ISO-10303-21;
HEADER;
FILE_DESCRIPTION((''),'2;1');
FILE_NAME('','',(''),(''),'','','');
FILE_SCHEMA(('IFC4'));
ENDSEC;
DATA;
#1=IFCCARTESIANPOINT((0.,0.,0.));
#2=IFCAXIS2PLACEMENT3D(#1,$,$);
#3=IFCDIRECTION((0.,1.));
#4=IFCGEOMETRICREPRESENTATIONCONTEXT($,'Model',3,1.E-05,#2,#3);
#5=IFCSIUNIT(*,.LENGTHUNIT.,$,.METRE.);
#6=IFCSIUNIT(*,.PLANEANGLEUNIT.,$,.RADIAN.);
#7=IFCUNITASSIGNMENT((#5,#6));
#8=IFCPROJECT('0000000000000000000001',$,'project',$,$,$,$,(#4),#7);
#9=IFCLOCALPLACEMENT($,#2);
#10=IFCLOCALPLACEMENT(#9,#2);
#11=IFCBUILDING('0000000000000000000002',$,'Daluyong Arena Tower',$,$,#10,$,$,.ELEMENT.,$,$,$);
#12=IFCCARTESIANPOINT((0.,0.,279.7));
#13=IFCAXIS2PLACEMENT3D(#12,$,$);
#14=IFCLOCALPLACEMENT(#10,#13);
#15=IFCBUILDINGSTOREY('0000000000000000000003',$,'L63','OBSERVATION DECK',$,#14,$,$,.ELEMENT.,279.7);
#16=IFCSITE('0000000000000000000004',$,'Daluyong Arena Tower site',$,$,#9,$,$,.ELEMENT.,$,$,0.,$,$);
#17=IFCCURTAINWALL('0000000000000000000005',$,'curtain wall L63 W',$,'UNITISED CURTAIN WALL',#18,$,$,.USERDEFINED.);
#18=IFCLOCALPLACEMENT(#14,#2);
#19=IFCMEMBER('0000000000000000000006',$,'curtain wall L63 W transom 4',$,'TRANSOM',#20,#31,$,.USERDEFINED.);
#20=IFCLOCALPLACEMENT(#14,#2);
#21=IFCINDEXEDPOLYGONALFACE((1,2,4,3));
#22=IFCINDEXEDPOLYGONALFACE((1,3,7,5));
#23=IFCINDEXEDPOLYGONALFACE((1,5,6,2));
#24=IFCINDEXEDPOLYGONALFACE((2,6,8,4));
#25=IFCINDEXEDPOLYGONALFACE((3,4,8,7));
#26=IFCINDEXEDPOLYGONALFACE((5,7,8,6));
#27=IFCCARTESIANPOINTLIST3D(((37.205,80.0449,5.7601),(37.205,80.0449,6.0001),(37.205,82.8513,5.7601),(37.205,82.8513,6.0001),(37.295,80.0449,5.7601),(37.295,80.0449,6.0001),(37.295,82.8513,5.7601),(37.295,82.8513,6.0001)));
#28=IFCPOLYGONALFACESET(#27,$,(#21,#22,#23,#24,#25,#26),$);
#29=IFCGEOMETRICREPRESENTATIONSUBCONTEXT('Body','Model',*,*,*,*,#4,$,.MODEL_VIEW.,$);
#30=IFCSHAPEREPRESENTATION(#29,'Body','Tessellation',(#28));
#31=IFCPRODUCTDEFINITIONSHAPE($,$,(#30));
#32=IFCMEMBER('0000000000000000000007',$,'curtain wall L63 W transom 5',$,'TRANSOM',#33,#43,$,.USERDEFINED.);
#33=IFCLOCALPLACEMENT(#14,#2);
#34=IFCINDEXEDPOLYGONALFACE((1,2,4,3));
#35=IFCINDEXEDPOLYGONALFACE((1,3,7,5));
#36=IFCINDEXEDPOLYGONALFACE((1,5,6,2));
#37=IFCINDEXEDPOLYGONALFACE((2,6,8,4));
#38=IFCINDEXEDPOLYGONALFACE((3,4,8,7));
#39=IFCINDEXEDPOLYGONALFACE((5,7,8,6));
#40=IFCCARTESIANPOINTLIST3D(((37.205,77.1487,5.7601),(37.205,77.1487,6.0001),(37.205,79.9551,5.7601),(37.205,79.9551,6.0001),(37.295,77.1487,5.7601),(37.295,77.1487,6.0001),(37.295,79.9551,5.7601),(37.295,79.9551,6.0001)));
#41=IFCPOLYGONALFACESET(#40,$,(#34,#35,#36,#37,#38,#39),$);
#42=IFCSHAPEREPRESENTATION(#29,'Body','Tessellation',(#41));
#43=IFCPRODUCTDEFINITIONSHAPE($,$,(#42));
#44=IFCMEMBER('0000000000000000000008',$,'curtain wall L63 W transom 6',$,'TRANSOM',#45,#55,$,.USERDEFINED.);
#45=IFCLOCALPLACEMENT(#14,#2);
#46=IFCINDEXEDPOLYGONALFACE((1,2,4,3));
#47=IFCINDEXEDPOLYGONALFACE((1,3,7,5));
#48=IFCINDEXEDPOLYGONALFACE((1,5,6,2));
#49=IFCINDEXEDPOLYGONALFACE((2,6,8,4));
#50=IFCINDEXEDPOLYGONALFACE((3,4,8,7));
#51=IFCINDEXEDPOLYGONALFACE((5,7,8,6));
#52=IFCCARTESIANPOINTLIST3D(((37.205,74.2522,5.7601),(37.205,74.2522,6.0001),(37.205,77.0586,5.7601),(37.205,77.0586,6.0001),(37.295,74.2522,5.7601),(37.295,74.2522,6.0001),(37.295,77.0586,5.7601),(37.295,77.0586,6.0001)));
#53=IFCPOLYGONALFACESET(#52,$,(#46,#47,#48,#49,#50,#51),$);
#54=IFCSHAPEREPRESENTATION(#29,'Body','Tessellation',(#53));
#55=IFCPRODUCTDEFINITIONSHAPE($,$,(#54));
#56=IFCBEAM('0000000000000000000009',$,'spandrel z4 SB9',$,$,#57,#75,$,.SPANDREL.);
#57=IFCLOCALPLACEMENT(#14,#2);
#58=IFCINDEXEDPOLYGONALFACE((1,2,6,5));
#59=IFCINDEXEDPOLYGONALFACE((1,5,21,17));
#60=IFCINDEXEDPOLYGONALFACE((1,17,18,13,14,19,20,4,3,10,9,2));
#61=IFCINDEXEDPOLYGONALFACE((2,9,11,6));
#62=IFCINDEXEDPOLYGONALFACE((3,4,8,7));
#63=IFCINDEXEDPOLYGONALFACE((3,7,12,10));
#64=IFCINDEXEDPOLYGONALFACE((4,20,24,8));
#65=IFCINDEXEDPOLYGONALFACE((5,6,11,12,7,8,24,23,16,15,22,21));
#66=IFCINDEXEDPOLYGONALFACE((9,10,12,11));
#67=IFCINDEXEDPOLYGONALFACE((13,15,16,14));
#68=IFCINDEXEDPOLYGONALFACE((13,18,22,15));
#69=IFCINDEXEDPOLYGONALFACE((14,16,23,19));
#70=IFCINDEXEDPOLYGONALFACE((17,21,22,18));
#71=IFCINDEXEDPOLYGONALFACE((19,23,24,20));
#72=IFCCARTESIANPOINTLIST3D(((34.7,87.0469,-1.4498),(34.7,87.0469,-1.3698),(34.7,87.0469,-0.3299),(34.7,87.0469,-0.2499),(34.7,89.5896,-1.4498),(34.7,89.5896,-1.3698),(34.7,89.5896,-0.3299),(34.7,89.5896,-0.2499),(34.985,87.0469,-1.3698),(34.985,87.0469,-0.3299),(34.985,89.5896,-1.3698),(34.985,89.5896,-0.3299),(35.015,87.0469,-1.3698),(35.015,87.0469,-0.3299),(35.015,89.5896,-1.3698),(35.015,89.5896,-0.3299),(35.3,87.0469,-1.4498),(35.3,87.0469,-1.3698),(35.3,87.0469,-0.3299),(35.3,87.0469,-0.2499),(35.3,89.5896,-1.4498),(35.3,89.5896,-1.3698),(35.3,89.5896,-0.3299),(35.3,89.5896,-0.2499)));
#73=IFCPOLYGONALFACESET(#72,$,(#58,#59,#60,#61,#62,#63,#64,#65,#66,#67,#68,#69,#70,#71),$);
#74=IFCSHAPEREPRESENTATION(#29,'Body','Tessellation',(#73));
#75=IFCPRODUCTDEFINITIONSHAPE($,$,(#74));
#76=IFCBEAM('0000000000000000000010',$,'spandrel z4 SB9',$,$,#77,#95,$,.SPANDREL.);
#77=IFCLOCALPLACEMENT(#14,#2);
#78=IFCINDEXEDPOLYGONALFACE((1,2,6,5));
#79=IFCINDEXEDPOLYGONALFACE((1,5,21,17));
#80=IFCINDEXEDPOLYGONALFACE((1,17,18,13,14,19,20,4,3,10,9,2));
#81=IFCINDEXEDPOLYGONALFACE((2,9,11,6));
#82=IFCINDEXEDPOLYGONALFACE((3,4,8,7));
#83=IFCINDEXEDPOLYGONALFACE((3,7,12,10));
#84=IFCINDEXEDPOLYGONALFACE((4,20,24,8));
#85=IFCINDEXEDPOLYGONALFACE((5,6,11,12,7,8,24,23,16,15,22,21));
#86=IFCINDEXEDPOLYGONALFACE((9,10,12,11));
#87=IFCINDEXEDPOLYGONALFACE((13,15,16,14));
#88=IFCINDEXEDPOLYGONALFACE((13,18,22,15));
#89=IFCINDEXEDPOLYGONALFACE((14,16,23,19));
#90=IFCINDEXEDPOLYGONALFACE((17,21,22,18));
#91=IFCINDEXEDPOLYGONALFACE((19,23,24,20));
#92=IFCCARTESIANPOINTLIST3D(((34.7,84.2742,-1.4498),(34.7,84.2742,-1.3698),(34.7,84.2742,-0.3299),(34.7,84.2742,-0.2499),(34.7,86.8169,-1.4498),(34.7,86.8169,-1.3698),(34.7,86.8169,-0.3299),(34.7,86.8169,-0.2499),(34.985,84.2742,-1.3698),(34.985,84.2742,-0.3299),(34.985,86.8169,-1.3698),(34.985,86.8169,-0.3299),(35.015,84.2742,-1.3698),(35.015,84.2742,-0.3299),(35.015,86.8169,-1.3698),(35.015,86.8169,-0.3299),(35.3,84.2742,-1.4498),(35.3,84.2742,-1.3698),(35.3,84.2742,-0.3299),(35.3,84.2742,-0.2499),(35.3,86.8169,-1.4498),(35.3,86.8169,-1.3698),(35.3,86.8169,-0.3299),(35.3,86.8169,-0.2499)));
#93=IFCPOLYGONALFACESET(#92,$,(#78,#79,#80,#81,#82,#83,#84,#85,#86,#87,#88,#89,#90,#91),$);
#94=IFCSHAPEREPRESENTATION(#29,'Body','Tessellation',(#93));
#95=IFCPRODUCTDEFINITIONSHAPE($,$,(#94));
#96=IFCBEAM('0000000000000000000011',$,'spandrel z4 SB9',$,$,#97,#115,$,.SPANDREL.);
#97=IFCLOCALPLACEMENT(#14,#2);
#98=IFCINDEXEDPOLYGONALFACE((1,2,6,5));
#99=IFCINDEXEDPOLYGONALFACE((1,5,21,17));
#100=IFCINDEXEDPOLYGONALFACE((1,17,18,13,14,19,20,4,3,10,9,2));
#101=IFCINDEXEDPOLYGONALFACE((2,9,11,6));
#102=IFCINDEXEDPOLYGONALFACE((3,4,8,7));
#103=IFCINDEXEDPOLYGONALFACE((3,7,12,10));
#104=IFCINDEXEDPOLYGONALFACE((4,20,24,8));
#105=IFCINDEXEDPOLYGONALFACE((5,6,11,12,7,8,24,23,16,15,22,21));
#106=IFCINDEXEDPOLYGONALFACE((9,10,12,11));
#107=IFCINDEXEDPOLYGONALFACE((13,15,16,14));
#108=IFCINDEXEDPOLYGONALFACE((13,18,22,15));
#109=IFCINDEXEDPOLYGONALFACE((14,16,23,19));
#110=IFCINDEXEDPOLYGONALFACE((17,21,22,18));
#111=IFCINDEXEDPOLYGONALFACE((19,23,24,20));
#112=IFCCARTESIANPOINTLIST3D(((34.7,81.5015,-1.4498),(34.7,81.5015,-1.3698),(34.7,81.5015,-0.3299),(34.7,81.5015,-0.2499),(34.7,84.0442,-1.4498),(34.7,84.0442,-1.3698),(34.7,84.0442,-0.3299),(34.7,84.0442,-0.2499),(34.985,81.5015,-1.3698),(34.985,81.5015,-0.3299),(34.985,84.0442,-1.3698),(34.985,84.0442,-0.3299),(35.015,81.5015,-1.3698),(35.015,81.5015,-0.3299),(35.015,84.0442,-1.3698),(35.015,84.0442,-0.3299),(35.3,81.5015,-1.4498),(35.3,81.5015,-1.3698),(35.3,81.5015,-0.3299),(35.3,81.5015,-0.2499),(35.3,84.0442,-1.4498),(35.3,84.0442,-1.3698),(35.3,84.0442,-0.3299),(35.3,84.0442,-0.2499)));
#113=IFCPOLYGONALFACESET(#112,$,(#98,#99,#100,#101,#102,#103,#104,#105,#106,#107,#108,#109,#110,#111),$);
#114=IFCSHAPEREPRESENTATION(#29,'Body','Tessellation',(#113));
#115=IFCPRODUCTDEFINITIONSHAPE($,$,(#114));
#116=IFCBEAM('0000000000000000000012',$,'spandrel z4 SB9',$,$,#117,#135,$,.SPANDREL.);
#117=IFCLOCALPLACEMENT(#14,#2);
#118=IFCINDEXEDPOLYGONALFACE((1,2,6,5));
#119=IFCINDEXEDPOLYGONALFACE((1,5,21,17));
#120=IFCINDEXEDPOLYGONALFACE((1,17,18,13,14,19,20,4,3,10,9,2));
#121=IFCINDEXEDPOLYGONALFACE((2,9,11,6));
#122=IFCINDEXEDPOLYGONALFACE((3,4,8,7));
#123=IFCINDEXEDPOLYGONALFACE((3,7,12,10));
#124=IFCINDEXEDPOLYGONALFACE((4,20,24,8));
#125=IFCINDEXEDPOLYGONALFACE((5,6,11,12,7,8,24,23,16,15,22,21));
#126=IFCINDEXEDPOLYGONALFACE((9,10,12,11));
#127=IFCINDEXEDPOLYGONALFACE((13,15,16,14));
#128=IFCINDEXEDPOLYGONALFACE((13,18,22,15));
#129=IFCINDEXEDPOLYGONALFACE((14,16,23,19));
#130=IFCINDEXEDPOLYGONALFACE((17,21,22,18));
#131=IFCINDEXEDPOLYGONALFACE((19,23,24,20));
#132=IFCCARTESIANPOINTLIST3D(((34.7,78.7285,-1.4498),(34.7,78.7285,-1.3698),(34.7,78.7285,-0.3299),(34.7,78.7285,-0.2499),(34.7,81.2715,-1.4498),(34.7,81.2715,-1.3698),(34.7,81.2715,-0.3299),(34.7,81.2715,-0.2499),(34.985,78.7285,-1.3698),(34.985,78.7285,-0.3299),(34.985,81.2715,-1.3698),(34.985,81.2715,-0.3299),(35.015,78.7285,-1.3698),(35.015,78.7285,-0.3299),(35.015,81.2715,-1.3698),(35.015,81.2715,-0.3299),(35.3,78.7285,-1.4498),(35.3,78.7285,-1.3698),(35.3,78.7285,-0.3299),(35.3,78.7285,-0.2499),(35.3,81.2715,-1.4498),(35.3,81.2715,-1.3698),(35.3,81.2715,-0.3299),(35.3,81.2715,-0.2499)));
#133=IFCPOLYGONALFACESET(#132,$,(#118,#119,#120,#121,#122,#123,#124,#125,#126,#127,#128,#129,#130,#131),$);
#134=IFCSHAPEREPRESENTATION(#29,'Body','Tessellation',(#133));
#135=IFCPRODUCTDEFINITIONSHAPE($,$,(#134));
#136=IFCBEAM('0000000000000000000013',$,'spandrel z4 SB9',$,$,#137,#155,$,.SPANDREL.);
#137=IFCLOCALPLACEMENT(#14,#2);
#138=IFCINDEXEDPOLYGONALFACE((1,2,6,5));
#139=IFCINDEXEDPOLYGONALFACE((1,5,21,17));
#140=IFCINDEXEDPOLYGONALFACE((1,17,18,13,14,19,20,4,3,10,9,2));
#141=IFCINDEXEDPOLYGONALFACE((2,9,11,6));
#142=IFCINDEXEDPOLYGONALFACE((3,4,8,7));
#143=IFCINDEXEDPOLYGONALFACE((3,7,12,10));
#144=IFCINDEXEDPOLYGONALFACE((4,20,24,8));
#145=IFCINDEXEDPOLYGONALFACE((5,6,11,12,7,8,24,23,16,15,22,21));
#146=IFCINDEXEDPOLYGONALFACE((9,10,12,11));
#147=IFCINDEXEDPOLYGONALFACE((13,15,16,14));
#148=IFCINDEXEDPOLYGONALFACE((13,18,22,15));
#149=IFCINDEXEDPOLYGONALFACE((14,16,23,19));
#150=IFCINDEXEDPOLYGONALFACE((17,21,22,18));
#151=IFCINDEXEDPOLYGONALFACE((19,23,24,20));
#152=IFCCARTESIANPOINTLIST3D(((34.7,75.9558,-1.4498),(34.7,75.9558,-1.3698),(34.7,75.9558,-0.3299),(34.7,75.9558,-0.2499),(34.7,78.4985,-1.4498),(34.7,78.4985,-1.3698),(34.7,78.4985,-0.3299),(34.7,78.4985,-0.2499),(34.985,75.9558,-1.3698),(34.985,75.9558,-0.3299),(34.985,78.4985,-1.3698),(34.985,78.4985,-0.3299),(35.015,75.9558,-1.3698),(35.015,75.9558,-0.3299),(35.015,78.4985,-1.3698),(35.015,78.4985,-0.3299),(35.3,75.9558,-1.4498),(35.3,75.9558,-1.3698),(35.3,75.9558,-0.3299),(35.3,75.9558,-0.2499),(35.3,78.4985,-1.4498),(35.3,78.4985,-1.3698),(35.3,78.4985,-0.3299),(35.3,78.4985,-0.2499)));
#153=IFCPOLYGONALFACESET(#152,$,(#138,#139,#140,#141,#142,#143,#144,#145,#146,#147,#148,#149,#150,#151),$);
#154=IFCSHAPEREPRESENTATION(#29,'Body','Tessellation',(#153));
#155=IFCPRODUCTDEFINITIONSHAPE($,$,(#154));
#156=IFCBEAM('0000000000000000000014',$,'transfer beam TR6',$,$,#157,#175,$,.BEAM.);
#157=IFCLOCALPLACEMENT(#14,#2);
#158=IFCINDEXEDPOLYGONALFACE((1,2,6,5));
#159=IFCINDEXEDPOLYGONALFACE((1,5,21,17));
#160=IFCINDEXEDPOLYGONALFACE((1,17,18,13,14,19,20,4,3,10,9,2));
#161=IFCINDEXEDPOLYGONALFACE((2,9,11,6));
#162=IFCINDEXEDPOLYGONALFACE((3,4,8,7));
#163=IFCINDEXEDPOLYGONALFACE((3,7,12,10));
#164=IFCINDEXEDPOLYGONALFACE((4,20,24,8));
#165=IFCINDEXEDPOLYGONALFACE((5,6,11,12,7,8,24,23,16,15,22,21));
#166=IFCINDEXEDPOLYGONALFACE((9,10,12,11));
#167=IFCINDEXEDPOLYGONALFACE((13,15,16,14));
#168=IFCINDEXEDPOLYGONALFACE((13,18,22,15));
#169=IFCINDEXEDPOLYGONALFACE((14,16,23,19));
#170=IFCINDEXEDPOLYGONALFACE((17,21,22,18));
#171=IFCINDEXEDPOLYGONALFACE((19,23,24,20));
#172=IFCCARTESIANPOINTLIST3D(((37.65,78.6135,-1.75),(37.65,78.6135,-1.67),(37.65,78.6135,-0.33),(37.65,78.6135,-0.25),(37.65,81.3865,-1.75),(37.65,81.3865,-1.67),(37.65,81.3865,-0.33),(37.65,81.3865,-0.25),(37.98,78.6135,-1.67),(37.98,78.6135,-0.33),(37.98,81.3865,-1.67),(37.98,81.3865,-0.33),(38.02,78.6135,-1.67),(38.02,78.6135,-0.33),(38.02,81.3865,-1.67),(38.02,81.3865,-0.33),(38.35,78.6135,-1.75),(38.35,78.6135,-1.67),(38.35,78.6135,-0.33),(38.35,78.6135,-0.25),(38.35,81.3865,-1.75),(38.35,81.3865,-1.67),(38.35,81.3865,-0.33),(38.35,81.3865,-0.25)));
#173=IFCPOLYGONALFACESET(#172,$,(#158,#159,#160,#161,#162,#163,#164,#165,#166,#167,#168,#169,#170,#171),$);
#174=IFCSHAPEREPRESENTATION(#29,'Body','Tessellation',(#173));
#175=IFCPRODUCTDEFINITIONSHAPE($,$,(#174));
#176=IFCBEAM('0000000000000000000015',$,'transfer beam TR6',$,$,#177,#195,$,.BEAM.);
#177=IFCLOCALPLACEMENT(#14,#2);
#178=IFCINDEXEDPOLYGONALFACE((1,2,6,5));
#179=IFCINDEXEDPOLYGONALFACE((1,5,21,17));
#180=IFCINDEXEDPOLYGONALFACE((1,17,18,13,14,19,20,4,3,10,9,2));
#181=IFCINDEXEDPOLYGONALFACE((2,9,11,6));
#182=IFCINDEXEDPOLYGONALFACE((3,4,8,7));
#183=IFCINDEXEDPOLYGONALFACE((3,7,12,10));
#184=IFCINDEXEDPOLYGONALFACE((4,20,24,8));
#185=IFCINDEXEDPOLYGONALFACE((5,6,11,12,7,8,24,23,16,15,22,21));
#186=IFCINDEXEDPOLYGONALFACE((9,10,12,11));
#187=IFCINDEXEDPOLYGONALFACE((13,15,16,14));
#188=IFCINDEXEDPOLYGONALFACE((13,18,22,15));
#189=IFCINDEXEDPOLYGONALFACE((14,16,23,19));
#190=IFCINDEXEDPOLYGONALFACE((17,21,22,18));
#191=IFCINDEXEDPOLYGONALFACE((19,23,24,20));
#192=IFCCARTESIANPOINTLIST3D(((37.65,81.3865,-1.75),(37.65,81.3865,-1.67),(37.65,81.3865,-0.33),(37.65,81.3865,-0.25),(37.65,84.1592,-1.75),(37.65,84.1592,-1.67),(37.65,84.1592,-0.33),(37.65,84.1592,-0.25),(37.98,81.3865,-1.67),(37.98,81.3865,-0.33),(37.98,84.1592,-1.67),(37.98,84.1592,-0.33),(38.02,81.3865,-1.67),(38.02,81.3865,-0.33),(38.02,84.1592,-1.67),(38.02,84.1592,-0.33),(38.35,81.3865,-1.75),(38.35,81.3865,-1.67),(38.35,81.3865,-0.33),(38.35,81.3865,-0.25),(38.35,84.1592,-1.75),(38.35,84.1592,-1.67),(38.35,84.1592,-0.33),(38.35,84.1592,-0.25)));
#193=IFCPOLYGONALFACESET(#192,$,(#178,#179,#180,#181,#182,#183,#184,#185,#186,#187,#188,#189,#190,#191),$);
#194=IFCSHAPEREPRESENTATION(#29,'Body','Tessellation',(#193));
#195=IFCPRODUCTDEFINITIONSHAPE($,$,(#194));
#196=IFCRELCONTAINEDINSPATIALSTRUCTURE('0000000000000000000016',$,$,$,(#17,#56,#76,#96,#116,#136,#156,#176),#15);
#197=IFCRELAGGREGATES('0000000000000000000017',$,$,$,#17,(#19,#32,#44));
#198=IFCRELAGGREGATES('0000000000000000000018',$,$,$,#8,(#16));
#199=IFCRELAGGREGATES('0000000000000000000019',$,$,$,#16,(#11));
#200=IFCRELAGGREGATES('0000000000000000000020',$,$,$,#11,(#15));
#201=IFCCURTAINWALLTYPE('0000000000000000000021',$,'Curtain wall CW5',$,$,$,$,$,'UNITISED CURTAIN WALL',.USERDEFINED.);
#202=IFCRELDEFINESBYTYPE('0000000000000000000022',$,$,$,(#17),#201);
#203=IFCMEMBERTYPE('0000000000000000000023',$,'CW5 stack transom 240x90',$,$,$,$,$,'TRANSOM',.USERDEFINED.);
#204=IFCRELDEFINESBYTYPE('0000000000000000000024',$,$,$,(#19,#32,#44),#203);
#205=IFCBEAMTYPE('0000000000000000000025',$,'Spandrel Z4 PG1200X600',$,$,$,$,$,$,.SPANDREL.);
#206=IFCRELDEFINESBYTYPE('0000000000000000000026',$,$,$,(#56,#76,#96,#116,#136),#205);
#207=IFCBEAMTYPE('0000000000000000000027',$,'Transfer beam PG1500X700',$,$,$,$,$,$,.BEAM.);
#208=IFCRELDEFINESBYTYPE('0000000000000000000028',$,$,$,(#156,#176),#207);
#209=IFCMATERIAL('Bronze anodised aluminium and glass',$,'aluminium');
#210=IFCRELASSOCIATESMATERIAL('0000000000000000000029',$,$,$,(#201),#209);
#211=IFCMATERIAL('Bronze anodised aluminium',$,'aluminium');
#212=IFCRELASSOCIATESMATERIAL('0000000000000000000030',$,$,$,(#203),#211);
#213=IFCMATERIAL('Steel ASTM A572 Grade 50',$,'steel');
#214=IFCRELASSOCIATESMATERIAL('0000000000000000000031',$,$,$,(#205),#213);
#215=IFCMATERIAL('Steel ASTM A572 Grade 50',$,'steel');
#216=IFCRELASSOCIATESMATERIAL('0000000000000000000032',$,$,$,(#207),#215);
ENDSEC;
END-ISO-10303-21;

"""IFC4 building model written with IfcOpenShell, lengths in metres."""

from ifc_helpers import new_model, si_unit, direction, frame, origin, origin_2d, place, context, subcontext, project, spatial, rectangle, i_section, extrude, material, material_profile, profile_set, type_object, element, aggregate, save


model = new_model("IFC4")

# Units and contexts
model_context = context("Model", 3, precision=1e-05, world=origin(), true_north=direction((0.0, 1.0)))
body_context = subcontext(model_context, "Body", "Model", "MODEL_VIEW")
ifc_project = project(units=[si_unit("LENGTHUNIT", "METRE"), si_unit("PLANEANGLEUNIT", "RADIAN")], contexts=[model_context])

# Site, building, storey
site_placement = place(None, origin())
site = spatial("IfcSite", under=ifc_project, at=site_placement, Name="Daluyong Arena Tower site", CompositionType="ELEMENT", RefElevation=0.0)
building_placement = place(site_placement, origin())
building = spatial("IfcBuilding", under=site, at=building_placement, Name="Daluyong Arena Tower", CompositionType="ELEMENT")
storey_placement = place(building_placement, frame((0.0, 0.0, 279.7)))
storey = spatial("IfcBuildingStorey", under=building, at=storey_placement, Name="L63", Description="OBSERVATION DECK", CompositionType="ELEMENT", Elevation=279.7)

# Curtain wall, members
ifc_material_1 = material(Name="Bronze anodised aluminium and glass", Category="aluminium")
curtain_wall_type = type_object("IfcCurtainWallType", Name="Curtain wall CW5", ElementType="UNITISED CURTAIN WALL", PredefinedType="USERDEFINED", material=ifc_material_1)
curtain_wall_placement = place(storey_placement, origin())
curtain_wall = element("IfcCurtainWall", 1, at=curtain_wall_placement, inside=storey, type_object=curtain_wall_type, Name="curtain wall L63 W", ObjectType="UNITISED CURTAIN WALL", PredefinedType="USERDEFINED")
ifc_material_2 = material(Name="Bronze anodised aluminium", Category="aluminium")
ifc_material_profile_1 = material_profile(ifc_material_2, rectangle(XDim=0.0901, YDim=0.24, at=origin_2d()))
ifc_profile_set_1 = profile_set([ifc_material_profile_1], Name="Bronze anodised aluminium")
member_type_1 = type_object("IfcMemberType", Name="CW5 stack transom 240x90", ElementType="TRANSOM", PredefinedType="USERDEFINED", material=ifc_profile_set_1)
member_1_placement = place(storey_placement, frame((37.25, 82.8513, 5.8801), z_axis=(0.0, -1.0, 0.0), x_axis=(1.0, 0.0, 0.0)))
member_1 = element("IfcMember", 2, at=member_1_placement, type_object=member_type_1, Name="curtain wall L63 W transom 4", ObjectType="TRANSOM", PredefinedType="USERDEFINED", context=body_context, shape_type="SweptSolid", body=[
    extrude(rectangle(XDim=0.0901, YDim=0.24, at=origin_2d()), origin(), (0.0, 0.0, 1.0), 2.8064),
])
member_2_placement = place(storey_placement, frame((37.25, 79.9551, 5.8801), z_axis=(0.0, -1.0, 0.0), x_axis=(1.0, 0.0, 0.0)))
member_2 = element("IfcMember", 3, at=member_2_placement, type_object=member_type_1, Name="curtain wall L63 W transom 5", ObjectType="TRANSOM", PredefinedType="USERDEFINED", context=body_context, shape_type="SweptSolid", body=[
    extrude(rectangle(XDim=0.0901, YDim=0.24, at=origin_2d()), origin(), (0.0, 0.0, 1.0), 2.8064),
])
member_3_placement = place(storey_placement, frame((37.25, 77.0586, 5.8801), z_axis=(0.0, -1.0, 0.0), x_axis=(1.0, 0.0, 0.0)))
member_3 = element("IfcMember", 4, at=member_3_placement, type_object=member_type_1, Name="curtain wall L63 W transom 6", ObjectType="TRANSOM", PredefinedType="USERDEFINED", context=body_context, shape_type="SweptSolid", body=[
    extrude(rectangle(XDim=0.0901, YDim=0.24, at=origin_2d()), origin(), (0.0, 0.0, 1.0), 2.8064),
])

# Beams
ifc_material_3 = material(Name="Steel ASTM A572 Grade 50", Category="steel")
ifc_material_profile_2 = material_profile(ifc_material_3, i_section(OverallWidth=0.6001, OverallDepth=1.2, WebThickness=0.03, FlangeThickness=0.08, at=origin_2d()))
ifc_profile_set_2 = profile_set([ifc_material_profile_2], Name="Steel ASTM A572 Grade 50")
beam_type_1 = type_object("IfcBeamType", Name="Spandrel Z4 PG1200X600", PredefinedType="SPANDREL", material=ifc_profile_set_2)
for number, where, z_axis, x_axis, name in (
    (5, (35.0, 89.5896, -0.8499), (0.0, -1.0, 0.0), (1.0, 0.0, 0.0), "spandrel z4 SB9"),
    (6, (35.0, 86.8169, -0.8499), (0.0, -1.0, 0.0), (1.0, 0.0, 0.0), "spandrel z4 SB9"),
    (7, (35.0, 84.0442, -0.8499), (0.0, -1.0, 0.0), (1.0, 0.0, 0.0), "spandrel z4 SB9"),
):
    element("IfcBeam", number, at=place(storey_placement, frame(where, z_axis=z_axis, x_axis=x_axis)), inside=storey, type_object=beam_type_1, Name=name, PredefinedType="SPANDREL", context=body_context, shape_type="SweptSolid", body=[
        extrude(i_section(OverallWidth=0.6001, OverallDepth=1.2, WebThickness=0.03, FlangeThickness=0.08, at=origin_2d()), origin(), (0.0, 0.0, 1.0), 2.5427),
    ])
beam_1_placement = place(storey_placement, frame((35.0, 81.2715, -0.8499), z_axis=(0.0, -1.0, 0.0), x_axis=(1.0, 0.0, 0.0)))
element("IfcBeam", 8, at=beam_1_placement, inside=storey, type_object=beam_type_1, Name="spandrel z4 SB9", PredefinedType="SPANDREL", context=body_context, shape_type="SweptSolid", body=[
    extrude(i_section(OverallWidth=0.6001, OverallDepth=1.2, WebThickness=0.03, FlangeThickness=0.08, at=origin_2d()), origin(), (0.0, 0.0, 1.0), 2.543),
])
beam_2_placement = place(storey_placement, frame((35.0, 78.4985, -0.8499), z_axis=(0.0, -1.0, 0.0), x_axis=(1.0, 0.0, 0.0)))
element("IfcBeam", 9, at=beam_2_placement, inside=storey, type_object=beam_type_1, Name="spandrel z4 SB9", PredefinedType="SPANDREL", context=body_context, shape_type="SweptSolid", body=[
    extrude(i_section(OverallWidth=0.6001, OverallDepth=1.2, WebThickness=0.03, FlangeThickness=0.08, at=origin_2d()), origin(), (0.0, 0.0, 1.0), 2.5427),
])
ifc_material_4 = material(Name="Steel ASTM A572 Grade 50", Category="steel")
ifc_material_profile_3 = material_profile(ifc_material_4, i_section(OverallWidth=0.7, OverallDepth=1.5, WebThickness=0.04, FlangeThickness=0.08, at=origin_2d()))
ifc_profile_set_3 = profile_set([ifc_material_profile_3], Name="Steel ASTM A572 Grade 50")
beam_type_2 = type_object("IfcBeamType", Name="Transfer beam PG1500X700", PredefinedType="BEAM", material=ifc_profile_set_3)
beam_3_placement = place(storey_placement, frame((38.0, 78.6135, -1.0), z_axis=(0.0, 1.0, 0.0), x_axis=(-1.0, 0.0, 0.0)))
element("IfcBeam", 10, at=beam_3_placement, inside=storey, type_object=beam_type_2, Name="transfer beam TR6", PredefinedType="BEAM", context=body_context, shape_type="SweptSolid", body=[
    extrude(i_section(OverallWidth=0.7, OverallDepth=1.5, WebThickness=0.04, FlangeThickness=0.08, at=origin_2d()), origin(), (0.0, 0.0, 1.0), 2.7729),
])
for number, where, z_axis, x_axis, name in (
    (11, (38.0, 81.3865, -1.0), (0.0, 1.0, 0.0), (-1.0, 0.0, 0.0), "transfer beam TR6"),
):
    element("IfcBeam", number, at=place(storey_placement, frame(where, z_axis=z_axis, x_axis=x_axis)), inside=storey, type_object=beam_type_2, Name=name, PredefinedType="BEAM", context=body_context, shape_type="SweptSolid", body=[
        extrude(i_section(OverallWidth=0.7, OverallDepth=1.5, WebThickness=0.04, FlangeThickness=0.08, at=origin_2d()), origin(), (0.0, 0.0, 1.0), 2.7727),
    ])

aggregate(curtain_wall, [member_1, member_2, member_3])

save(model, "model.ifc")
